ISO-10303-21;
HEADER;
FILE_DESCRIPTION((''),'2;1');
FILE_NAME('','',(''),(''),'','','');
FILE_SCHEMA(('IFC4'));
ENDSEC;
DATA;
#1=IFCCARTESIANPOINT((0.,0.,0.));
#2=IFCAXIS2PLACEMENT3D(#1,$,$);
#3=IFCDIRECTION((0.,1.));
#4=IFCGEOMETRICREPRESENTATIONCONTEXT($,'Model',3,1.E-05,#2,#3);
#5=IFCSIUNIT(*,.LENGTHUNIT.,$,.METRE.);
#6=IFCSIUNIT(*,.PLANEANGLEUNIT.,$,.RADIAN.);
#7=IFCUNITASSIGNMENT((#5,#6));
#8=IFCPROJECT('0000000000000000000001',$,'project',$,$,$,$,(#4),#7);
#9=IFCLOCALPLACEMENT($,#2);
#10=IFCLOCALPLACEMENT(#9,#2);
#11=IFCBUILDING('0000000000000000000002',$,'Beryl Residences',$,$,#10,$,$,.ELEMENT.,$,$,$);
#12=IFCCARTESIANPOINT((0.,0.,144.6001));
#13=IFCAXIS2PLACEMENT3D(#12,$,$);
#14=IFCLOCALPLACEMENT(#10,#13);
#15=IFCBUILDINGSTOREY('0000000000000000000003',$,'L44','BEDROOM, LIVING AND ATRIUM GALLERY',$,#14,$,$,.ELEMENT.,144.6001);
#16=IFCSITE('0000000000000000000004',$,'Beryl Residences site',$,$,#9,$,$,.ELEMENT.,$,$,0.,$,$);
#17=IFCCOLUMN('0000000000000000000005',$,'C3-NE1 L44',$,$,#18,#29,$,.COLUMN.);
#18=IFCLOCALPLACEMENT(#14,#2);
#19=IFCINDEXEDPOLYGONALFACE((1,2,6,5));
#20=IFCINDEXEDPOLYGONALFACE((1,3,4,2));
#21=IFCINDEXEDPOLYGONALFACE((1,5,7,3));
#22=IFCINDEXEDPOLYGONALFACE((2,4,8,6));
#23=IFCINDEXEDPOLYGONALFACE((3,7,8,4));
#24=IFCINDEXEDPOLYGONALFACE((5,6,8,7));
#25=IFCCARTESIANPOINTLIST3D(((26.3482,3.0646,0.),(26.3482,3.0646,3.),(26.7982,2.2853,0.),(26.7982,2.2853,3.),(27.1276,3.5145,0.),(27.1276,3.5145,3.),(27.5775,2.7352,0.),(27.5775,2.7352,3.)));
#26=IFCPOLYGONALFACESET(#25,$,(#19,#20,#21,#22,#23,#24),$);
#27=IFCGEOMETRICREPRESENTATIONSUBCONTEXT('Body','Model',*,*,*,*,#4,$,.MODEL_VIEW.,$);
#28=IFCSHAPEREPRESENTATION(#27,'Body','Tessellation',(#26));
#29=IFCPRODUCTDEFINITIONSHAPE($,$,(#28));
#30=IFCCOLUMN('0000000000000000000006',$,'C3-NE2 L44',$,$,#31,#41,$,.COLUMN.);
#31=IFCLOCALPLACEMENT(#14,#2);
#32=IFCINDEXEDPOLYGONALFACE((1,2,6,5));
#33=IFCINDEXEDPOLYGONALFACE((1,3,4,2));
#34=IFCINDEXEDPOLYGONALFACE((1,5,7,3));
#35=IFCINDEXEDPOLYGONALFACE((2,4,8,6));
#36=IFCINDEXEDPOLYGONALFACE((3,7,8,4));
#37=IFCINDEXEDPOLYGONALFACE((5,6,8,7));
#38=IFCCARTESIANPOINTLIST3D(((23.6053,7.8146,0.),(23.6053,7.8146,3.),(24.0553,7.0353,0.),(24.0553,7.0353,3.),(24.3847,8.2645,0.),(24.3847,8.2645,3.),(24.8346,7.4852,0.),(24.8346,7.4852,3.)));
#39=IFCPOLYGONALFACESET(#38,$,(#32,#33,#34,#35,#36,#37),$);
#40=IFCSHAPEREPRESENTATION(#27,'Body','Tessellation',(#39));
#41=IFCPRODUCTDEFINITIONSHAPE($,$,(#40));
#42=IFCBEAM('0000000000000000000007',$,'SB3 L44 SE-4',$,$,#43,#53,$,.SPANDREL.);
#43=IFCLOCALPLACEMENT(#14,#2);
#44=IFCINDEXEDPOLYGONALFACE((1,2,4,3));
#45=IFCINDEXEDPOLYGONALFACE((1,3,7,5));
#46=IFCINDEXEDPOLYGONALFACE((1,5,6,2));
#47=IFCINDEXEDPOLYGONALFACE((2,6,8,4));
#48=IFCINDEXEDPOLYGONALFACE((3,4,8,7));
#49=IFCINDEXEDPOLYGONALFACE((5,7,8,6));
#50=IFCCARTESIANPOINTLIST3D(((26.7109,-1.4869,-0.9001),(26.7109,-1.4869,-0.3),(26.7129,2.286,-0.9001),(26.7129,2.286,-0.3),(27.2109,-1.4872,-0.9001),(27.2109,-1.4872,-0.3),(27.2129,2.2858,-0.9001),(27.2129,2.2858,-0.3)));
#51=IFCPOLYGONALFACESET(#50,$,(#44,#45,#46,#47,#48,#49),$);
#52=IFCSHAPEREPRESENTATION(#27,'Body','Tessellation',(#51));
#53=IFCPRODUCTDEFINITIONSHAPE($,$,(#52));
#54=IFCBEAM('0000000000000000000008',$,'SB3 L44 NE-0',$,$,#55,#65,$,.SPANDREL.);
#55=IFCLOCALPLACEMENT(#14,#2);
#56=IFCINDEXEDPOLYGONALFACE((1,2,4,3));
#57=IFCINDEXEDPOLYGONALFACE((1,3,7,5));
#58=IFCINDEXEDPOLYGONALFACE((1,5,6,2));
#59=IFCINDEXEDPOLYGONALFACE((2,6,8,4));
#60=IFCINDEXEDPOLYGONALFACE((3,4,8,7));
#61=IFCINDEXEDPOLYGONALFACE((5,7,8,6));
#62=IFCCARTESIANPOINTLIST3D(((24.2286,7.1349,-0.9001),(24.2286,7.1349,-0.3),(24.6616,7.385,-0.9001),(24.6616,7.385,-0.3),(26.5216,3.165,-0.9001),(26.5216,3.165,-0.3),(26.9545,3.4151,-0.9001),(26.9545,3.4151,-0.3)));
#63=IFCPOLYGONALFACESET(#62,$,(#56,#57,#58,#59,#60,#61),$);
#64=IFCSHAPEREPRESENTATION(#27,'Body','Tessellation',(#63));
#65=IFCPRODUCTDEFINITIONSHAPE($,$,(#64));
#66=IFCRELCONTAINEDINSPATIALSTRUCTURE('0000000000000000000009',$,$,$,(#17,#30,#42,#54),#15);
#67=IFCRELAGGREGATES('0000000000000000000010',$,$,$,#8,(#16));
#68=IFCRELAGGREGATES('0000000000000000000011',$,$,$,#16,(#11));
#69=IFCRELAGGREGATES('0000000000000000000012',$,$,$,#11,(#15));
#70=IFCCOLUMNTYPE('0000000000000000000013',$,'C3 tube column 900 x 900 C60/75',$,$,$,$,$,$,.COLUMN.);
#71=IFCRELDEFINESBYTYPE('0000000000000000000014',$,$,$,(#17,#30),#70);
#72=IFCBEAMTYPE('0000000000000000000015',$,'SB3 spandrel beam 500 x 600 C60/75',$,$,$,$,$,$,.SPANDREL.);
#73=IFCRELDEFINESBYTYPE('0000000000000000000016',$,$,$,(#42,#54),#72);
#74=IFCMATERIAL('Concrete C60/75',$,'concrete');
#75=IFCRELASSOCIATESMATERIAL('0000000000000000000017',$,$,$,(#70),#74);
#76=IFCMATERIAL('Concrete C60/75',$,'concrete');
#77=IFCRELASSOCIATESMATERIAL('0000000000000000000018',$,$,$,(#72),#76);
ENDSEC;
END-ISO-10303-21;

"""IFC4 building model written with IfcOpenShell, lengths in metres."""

from ifc_helpers import new_model, si_unit, direction, frame, origin, origin_2d, place, context, subcontext, project, spatial, rectangle, extrude, material, material_profile, profile_set, type_object, element, save


model = new_model("IFC4")

# Units and contexts
model_context = context("Model", 3, precision=1e-05, world=origin(), true_north=direction((0.0, 1.0)))
body_context = subcontext(model_context, "Body", "Model", "MODEL_VIEW")
ifc_project = project(units=[si_unit("LENGTHUNIT", "METRE"), si_unit("PLANEANGLEUNIT", "RADIAN")], contexts=[model_context])

# Site, building, storey
site_placement = place(None, origin())
site = spatial("IfcSite", under=ifc_project, at=site_placement, Name="Beryl Residences site", CompositionType="ELEMENT", RefElevation=0.0)
building_placement = place(site_placement, origin())
building = spatial("IfcBuilding", under=site, at=building_placement, Name="Beryl Residences", CompositionType="ELEMENT")
storey_placement = place(building_placement, frame((0.0, 0.0, 144.6001)))
storey = spatial("IfcBuildingStorey", under=building, at=storey_placement, Name="L44", Description="BEDROOM, LIVING AND ATRIUM GALLERY", CompositionType="ELEMENT", Elevation=144.6001)

# Columns
ifc_material_1 = material(Name="Concrete C60/75", Category="concrete")
ifc_material_profile_1 = material_profile(ifc_material_1, rectangle(XDim=0.8999, YDim=0.8999, at=origin_2d()))
ifc_profile_set_1 = profile_set([ifc_material_profile_1], Name="Concrete C60/75")
column_type = type_object("IfcColumnType", Name="C3 tube column 900 x 900 C60/75", PredefinedType="COLUMN", material=ifc_profile_set_1)
for number, where, z_axis, x_axis, name in (
    (1, (26.9629, 2.8999, 0.0), (0.0, 0.0, 1.0), (-0.5, 0.866025, 0.0), "C3-NE1 L44"),
    (2, (24.22, 7.6499, 0.0), (0.0, 0.0, 1.0), (-0.5, 0.866025, 0.0), "C3-NE2 L44"),
):
    element("IfcColumn", number, at=place(storey_placement, frame(where, z_axis=z_axis, x_axis=x_axis)), inside=storey, type_object=column_type, Name=name, PredefinedType="COLUMN", context=body_context, shape_type="SweptSolid", body=[
        extrude(rectangle(XDim=0.8999, YDim=0.8999, at=origin_2d()), origin(), (0.0, 0.0, 1.0), 3.0),
    ])

# Beams
ifc_material_2 = material(Name="Concrete C60/75", Category="concrete")
ifc_material_profile_2 = material_profile(ifc_material_2, rectangle(XDim=0.5, YDim=0.6001, at=origin_2d()))
ifc_profile_set_2 = profile_set([ifc_material_profile_2], Name="Concrete C60/75")
beam_type = type_object("IfcBeamType", Name="SB3 spandrel beam 500 x 600 C60/75", PredefinedType="SPANDREL", material=ifc_profile_set_2)
beam_1_placement = place(storey_placement, frame((26.9609, -1.4871, -0.6001), z_axis=(0.000518, 1.0, 0.0), x_axis=(-1.0, 0.000518, 0.0)))
element("IfcBeam", 3, at=beam_1_placement, inside=storey, type_object=beam_type, Name="SB3 L44 SE-4", PredefinedType="SPANDREL", context=body_context, shape_type="SweptSolid", body=[
    extrude(rectangle(XDim=0.5, YDim=0.6001, at=origin_2d()), origin(), (0.0, 0.0, 1.0), 3.7729),
])
beam_2_placement = place(storey_placement, frame((26.738, 3.29, -0.6001), z_axis=(-0.500148, 0.86594, 0.0), x_axis=(-0.86594, -0.500148, 0.0)))
element("IfcBeam", 4, at=beam_2_placement, inside=storey, type_object=beam_type, Name="SB3 L44 NE-0", PredefinedType="SPANDREL", context=body_context, shape_type="SweptSolid", body=[
    extrude(rectangle(XDim=0.5, YDim=0.6001, at=origin_2d()), origin(), (0.0, 0.0, 1.0), 4.5845),
])

save(model, "model.ifc")
